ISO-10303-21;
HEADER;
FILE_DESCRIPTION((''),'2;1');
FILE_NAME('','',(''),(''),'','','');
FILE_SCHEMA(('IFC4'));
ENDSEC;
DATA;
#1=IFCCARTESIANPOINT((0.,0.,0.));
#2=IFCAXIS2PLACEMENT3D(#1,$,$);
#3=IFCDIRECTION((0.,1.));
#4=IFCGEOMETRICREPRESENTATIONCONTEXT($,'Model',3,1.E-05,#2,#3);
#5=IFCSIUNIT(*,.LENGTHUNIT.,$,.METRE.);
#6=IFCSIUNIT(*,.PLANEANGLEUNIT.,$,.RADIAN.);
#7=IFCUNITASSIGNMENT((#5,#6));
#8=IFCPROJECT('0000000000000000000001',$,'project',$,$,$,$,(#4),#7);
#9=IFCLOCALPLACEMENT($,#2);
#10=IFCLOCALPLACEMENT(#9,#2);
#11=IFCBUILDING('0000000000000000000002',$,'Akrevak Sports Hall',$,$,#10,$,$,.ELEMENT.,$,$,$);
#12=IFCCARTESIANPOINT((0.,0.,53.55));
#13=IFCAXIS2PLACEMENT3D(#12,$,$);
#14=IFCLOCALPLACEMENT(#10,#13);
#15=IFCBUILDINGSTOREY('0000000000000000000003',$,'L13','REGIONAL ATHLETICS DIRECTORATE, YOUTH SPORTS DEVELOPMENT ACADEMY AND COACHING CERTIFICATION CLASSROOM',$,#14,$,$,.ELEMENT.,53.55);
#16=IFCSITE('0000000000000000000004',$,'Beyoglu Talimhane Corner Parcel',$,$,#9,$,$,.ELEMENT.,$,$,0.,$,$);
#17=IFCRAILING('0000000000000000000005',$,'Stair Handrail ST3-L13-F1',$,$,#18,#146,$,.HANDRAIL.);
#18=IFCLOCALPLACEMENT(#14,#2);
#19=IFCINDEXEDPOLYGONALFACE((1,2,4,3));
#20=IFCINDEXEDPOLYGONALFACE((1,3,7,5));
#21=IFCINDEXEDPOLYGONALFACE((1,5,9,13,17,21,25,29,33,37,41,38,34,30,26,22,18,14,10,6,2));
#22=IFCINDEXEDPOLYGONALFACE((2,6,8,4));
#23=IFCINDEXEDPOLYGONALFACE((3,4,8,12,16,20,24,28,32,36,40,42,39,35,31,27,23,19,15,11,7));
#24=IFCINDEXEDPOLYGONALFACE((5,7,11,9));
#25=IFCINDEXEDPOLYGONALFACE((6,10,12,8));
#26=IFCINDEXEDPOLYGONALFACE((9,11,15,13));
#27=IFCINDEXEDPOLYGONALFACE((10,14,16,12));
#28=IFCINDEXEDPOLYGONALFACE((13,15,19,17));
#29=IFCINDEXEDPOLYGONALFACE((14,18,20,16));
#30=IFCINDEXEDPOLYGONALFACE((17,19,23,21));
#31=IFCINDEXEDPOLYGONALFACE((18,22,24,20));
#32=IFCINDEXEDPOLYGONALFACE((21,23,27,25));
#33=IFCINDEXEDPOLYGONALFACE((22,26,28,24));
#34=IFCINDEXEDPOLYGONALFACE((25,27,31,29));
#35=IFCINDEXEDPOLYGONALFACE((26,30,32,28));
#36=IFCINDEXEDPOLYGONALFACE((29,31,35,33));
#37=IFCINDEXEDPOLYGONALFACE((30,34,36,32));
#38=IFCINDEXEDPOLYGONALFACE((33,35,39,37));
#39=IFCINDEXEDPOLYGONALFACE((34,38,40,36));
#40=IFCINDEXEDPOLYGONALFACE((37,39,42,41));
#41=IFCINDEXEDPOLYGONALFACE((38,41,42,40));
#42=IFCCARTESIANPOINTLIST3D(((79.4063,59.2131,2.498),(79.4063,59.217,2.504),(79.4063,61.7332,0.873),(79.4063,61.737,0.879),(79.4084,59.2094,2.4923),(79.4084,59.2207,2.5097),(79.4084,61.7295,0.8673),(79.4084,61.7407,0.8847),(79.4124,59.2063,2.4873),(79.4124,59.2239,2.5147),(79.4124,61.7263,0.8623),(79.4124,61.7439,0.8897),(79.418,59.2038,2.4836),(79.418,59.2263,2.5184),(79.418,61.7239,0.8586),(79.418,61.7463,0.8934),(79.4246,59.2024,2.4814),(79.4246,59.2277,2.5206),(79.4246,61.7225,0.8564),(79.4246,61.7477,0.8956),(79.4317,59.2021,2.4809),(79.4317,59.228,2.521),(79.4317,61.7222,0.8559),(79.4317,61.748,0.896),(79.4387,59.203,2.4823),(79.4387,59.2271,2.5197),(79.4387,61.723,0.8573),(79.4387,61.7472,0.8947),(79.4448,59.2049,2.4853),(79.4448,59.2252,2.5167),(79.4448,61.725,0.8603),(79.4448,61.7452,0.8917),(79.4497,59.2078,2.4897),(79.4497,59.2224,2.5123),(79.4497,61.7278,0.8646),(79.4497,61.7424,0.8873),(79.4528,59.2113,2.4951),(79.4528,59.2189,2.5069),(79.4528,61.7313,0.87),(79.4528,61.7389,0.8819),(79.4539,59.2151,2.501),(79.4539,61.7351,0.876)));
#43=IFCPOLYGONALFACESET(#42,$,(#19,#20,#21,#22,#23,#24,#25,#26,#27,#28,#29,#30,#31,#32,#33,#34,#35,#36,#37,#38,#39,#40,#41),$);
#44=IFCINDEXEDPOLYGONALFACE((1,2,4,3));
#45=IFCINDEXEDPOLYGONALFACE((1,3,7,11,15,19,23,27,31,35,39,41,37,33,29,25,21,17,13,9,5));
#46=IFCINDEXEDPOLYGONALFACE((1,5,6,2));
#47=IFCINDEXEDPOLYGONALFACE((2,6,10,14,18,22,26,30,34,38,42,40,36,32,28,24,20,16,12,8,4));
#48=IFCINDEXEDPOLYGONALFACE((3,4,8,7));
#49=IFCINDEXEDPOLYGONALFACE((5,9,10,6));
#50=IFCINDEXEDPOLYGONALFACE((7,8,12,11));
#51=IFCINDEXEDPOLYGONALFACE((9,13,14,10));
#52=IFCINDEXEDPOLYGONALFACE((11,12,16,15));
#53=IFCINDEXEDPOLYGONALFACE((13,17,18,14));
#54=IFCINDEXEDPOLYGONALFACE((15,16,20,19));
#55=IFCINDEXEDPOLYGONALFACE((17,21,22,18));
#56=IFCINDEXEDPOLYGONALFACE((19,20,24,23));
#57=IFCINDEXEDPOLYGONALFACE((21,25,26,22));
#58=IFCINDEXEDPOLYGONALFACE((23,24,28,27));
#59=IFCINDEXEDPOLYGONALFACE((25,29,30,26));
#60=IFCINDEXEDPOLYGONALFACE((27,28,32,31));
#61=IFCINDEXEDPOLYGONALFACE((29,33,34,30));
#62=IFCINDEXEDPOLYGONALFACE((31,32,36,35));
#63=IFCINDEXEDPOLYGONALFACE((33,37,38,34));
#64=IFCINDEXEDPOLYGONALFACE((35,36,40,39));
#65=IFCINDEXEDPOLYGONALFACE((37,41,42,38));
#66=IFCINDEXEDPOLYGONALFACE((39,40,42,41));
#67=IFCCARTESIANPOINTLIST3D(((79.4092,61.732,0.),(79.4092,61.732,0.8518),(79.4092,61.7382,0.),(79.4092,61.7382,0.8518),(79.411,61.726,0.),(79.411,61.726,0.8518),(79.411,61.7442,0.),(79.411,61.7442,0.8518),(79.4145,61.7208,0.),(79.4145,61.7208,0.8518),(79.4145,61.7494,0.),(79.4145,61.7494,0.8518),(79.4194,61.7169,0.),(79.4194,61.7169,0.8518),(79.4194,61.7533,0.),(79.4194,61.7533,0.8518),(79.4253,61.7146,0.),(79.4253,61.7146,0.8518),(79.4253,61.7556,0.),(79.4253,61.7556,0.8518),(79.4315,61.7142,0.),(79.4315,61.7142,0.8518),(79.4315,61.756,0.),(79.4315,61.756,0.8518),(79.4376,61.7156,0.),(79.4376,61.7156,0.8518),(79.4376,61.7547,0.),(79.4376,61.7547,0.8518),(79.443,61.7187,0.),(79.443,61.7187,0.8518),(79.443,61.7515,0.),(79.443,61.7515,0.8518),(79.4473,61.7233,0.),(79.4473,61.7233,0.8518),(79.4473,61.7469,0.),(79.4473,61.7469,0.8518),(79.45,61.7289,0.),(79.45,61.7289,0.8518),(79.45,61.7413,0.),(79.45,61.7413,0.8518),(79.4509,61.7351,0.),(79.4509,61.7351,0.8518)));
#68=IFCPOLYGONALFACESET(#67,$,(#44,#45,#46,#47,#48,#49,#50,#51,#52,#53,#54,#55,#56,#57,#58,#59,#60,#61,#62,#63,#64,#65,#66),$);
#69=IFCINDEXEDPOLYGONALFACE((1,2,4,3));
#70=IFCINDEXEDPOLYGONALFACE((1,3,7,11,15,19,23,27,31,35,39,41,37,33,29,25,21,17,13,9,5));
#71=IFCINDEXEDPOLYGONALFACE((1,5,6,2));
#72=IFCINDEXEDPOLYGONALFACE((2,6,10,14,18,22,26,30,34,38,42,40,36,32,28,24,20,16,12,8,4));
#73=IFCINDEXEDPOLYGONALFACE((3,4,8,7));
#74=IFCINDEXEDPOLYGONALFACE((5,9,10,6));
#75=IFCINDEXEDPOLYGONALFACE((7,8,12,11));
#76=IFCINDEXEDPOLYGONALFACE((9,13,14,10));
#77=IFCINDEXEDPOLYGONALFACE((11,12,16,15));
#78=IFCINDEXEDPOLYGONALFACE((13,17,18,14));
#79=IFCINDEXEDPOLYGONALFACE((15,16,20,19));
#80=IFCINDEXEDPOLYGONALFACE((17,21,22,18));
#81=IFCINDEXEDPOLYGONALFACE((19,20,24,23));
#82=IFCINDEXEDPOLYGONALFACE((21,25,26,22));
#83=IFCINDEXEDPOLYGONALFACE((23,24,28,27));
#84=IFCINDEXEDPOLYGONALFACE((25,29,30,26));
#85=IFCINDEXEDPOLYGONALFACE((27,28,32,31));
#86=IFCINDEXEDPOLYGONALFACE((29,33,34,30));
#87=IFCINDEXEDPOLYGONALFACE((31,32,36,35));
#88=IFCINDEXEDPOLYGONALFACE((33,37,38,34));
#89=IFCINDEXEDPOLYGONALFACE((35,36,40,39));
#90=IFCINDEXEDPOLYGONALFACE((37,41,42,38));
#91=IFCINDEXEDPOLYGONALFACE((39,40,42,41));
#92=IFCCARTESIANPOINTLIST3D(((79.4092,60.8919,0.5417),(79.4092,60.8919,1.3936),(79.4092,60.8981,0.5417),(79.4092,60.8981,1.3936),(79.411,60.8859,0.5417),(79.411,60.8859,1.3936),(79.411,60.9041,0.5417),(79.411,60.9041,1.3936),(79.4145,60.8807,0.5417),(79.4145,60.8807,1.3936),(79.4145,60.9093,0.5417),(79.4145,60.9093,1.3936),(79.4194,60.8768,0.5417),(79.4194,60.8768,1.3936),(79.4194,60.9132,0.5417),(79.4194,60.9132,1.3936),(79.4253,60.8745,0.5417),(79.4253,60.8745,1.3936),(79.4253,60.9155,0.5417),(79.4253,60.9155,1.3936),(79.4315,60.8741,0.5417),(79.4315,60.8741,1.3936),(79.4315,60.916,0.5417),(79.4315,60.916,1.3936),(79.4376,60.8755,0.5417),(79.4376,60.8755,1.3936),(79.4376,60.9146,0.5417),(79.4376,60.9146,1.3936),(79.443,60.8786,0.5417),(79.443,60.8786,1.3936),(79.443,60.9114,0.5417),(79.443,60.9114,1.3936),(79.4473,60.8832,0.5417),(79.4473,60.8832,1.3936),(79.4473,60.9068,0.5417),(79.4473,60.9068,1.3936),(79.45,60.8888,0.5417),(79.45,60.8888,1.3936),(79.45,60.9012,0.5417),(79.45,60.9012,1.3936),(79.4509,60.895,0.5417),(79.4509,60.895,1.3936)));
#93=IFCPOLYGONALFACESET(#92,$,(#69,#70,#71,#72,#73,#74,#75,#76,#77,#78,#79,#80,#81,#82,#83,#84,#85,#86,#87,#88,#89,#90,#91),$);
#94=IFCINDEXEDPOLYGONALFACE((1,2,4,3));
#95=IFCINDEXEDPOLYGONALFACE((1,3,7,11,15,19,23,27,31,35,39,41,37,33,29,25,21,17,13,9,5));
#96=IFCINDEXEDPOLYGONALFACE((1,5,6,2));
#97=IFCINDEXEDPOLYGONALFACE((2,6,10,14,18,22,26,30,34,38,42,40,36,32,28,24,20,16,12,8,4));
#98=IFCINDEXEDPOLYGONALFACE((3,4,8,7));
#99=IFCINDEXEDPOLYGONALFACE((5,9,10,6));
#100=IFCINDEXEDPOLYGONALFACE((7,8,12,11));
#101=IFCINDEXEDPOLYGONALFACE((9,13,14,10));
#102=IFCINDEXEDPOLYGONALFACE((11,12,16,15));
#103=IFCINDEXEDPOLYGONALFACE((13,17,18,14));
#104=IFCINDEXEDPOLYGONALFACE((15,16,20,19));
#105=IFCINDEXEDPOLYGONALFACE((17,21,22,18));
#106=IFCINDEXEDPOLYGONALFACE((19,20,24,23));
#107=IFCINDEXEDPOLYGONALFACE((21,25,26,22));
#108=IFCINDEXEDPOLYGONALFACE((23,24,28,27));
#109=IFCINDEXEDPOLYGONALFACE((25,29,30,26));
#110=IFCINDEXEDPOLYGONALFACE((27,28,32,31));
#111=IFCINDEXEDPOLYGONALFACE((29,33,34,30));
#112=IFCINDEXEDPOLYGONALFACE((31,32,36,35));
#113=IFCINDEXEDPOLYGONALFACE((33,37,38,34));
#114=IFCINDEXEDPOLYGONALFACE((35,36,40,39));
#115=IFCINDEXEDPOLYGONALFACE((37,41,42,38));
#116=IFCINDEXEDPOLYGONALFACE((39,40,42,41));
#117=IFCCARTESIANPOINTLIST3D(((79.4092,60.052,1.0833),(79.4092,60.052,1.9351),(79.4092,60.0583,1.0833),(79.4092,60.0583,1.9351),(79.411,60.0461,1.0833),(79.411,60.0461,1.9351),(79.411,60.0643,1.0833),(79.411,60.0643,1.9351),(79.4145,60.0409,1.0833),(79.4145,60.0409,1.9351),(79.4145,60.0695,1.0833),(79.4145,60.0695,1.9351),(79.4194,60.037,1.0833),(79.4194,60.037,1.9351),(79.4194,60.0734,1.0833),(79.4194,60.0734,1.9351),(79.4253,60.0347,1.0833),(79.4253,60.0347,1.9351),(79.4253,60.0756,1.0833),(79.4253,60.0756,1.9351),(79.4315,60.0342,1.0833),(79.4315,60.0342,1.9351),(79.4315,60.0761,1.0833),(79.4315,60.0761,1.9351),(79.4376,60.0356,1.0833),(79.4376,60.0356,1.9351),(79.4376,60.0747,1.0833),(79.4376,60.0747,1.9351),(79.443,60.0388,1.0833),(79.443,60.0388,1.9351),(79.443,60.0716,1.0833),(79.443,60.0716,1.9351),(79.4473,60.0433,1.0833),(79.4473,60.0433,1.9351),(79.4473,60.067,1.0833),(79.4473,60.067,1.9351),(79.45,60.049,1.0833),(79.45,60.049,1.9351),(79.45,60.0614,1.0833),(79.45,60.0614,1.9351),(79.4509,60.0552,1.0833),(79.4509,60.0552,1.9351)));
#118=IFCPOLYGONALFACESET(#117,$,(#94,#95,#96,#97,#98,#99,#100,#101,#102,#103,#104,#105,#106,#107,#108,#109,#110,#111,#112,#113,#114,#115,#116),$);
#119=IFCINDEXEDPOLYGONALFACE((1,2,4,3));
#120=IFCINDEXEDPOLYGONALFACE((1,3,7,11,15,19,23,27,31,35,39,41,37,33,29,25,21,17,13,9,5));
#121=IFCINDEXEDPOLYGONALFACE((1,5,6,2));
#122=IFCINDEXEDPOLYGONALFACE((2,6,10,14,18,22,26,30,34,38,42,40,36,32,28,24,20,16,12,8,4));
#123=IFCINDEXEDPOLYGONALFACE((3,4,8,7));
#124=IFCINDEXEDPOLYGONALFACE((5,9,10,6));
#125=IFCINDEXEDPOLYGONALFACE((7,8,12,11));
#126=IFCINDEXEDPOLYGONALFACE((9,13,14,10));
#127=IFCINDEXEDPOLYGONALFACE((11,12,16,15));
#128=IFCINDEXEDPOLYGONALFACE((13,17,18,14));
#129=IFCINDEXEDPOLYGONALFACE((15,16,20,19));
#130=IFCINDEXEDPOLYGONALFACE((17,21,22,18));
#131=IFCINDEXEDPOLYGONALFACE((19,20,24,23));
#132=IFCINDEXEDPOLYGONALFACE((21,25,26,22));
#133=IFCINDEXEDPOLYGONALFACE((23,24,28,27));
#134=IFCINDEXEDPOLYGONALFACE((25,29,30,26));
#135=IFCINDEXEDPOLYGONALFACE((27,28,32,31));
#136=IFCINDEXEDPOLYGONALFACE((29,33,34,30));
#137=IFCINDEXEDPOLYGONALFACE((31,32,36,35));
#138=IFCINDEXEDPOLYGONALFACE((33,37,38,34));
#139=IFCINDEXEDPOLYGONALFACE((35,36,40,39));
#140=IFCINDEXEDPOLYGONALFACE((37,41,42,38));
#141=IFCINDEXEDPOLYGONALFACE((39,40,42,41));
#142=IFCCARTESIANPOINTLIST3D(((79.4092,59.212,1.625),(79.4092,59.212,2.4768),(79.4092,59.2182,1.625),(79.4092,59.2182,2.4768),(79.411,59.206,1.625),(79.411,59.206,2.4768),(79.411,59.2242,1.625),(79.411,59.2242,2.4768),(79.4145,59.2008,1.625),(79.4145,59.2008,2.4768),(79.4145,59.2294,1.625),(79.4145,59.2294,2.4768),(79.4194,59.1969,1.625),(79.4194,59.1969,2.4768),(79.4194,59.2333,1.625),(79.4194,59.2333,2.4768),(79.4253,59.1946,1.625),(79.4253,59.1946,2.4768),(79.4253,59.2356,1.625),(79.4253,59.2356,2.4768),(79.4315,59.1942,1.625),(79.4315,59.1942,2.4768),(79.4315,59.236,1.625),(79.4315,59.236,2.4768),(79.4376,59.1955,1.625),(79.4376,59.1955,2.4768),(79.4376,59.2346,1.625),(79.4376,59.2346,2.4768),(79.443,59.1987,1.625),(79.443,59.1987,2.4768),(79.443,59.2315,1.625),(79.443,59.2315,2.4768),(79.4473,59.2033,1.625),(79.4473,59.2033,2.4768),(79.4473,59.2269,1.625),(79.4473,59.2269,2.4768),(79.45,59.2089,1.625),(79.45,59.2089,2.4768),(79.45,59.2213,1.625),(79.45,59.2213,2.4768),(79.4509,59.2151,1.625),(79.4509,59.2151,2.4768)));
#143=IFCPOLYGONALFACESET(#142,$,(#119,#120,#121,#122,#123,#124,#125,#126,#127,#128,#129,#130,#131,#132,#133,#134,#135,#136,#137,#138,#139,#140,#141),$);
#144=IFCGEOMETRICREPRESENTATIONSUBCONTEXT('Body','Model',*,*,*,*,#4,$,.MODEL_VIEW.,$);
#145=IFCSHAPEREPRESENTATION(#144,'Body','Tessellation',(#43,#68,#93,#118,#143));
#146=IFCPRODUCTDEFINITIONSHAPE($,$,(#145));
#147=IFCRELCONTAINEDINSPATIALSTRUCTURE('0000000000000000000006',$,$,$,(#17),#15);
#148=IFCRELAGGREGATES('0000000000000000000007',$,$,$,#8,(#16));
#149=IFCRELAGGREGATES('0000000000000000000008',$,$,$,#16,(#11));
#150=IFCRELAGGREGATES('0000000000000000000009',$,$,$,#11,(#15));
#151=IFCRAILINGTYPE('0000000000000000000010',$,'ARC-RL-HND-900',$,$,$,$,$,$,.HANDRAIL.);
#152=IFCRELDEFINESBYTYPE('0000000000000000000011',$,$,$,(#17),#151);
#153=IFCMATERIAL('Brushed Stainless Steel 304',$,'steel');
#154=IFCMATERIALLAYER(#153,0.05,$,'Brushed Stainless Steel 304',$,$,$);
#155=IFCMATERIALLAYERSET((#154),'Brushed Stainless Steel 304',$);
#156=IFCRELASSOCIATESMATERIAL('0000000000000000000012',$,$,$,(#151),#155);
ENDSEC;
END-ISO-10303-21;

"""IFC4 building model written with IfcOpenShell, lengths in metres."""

from ifc_helpers import new_model, si_unit, direction, frame, origin, origin_2d, place, context, subcontext, project, spatial, circle, extrude, material, layer, layer_set, type_object, element, save


model = new_model("IFC4")

# Units and contexts
model_context = context("Model", 3, precision=1e-05, world=origin(), true_north=direction((0.0, 1.0)))
body_context = subcontext(model_context, "Body", "Model", "MODEL_VIEW")
ifc_project = project(units=[si_unit("LENGTHUNIT", "METRE"), si_unit("PLANEANGLEUNIT", "RADIAN")], contexts=[model_context])

# Site, building, storey
site_placement = place(None, origin())
site = spatial("IfcSite", under=ifc_project, at=site_placement, Name="Beyoglu Talimhane Corner Parcel", CompositionType="ELEMENT", RefElevation=0.0)
building_placement = place(site_placement, origin())
building = spatial("IfcBuilding", under=site, at=building_placement, Name="Akrevak Sports Hall", CompositionType="ELEMENT")
storey_placement = place(building_placement, frame((0.0, 0.0, 53.55)))
storey = spatial("IfcBuildingStorey", under=building, at=storey_placement, Name="L13", Description="REGIONAL ATHLETICS DIRECTORATE, YOUTH SPORTS DEVELOPMENT ACADEMY AND COACHING CERTIFICATION CLASSROOM", CompositionType="ELEMENT", Elevation=53.55)

# Railing
ifc_material_1 = material(Name="Brushed Stainless Steel 304", Category="steel")
ifc_layer_1 = layer(ifc_material_1, 0.05, Name="Brushed Stainless Steel 304")
ifc_layer_set_1 = layer_set([ifc_layer_1], Name="Brushed Stainless Steel 304")
railing_type_1 = type_object("IfcRailingType", Name="ARC-RL-HND-900", PredefinedType="HANDRAIL", material=ifc_layer_set_1)
railing_1_placement = place(storey_placement, frame((79.4299, 61.7351, 0.0)))
element("IfcRailing", 1, at=railing_1_placement, inside=storey, type_object=railing_type_1, Name="Stair Handrail ST3-L13-F1", PredefinedType="HANDRAIL", context=body_context, shape_type="SweptSolid", body=[
    extrude(circle(Radius=0.0239, at=origin_2d()), frame((0.0, 0.0, 0.876), z_axis=(0.0, -0.840421, 0.541934), x_axis=(1.0, 0.0, 0.0)), (0.0, 0.0, 1.0), 2.9985),
    extrude(circle(Radius=0.021, at=origin_2d()), origin(), (0.0, 0.0, 1.0), 0.8518),
    extrude(circle(Radius=0.021, at=origin_2d()), frame((0.0, -0.8401, 0.5417)), (0.0, 0.0, 1.0), 0.8518),
    extrude(circle(Radius=0.021, at=origin_2d()), frame((0.0, -1.6799, 1.0833)), (0.0, 0.0, 1.0), 0.8518),
    extrude(circle(Radius=0.021, at=origin_2d()), frame((0.0, -2.52, 1.625)), (0.0, 0.0, 1.0), 0.8518),
])

save(model, "model.ifc")
